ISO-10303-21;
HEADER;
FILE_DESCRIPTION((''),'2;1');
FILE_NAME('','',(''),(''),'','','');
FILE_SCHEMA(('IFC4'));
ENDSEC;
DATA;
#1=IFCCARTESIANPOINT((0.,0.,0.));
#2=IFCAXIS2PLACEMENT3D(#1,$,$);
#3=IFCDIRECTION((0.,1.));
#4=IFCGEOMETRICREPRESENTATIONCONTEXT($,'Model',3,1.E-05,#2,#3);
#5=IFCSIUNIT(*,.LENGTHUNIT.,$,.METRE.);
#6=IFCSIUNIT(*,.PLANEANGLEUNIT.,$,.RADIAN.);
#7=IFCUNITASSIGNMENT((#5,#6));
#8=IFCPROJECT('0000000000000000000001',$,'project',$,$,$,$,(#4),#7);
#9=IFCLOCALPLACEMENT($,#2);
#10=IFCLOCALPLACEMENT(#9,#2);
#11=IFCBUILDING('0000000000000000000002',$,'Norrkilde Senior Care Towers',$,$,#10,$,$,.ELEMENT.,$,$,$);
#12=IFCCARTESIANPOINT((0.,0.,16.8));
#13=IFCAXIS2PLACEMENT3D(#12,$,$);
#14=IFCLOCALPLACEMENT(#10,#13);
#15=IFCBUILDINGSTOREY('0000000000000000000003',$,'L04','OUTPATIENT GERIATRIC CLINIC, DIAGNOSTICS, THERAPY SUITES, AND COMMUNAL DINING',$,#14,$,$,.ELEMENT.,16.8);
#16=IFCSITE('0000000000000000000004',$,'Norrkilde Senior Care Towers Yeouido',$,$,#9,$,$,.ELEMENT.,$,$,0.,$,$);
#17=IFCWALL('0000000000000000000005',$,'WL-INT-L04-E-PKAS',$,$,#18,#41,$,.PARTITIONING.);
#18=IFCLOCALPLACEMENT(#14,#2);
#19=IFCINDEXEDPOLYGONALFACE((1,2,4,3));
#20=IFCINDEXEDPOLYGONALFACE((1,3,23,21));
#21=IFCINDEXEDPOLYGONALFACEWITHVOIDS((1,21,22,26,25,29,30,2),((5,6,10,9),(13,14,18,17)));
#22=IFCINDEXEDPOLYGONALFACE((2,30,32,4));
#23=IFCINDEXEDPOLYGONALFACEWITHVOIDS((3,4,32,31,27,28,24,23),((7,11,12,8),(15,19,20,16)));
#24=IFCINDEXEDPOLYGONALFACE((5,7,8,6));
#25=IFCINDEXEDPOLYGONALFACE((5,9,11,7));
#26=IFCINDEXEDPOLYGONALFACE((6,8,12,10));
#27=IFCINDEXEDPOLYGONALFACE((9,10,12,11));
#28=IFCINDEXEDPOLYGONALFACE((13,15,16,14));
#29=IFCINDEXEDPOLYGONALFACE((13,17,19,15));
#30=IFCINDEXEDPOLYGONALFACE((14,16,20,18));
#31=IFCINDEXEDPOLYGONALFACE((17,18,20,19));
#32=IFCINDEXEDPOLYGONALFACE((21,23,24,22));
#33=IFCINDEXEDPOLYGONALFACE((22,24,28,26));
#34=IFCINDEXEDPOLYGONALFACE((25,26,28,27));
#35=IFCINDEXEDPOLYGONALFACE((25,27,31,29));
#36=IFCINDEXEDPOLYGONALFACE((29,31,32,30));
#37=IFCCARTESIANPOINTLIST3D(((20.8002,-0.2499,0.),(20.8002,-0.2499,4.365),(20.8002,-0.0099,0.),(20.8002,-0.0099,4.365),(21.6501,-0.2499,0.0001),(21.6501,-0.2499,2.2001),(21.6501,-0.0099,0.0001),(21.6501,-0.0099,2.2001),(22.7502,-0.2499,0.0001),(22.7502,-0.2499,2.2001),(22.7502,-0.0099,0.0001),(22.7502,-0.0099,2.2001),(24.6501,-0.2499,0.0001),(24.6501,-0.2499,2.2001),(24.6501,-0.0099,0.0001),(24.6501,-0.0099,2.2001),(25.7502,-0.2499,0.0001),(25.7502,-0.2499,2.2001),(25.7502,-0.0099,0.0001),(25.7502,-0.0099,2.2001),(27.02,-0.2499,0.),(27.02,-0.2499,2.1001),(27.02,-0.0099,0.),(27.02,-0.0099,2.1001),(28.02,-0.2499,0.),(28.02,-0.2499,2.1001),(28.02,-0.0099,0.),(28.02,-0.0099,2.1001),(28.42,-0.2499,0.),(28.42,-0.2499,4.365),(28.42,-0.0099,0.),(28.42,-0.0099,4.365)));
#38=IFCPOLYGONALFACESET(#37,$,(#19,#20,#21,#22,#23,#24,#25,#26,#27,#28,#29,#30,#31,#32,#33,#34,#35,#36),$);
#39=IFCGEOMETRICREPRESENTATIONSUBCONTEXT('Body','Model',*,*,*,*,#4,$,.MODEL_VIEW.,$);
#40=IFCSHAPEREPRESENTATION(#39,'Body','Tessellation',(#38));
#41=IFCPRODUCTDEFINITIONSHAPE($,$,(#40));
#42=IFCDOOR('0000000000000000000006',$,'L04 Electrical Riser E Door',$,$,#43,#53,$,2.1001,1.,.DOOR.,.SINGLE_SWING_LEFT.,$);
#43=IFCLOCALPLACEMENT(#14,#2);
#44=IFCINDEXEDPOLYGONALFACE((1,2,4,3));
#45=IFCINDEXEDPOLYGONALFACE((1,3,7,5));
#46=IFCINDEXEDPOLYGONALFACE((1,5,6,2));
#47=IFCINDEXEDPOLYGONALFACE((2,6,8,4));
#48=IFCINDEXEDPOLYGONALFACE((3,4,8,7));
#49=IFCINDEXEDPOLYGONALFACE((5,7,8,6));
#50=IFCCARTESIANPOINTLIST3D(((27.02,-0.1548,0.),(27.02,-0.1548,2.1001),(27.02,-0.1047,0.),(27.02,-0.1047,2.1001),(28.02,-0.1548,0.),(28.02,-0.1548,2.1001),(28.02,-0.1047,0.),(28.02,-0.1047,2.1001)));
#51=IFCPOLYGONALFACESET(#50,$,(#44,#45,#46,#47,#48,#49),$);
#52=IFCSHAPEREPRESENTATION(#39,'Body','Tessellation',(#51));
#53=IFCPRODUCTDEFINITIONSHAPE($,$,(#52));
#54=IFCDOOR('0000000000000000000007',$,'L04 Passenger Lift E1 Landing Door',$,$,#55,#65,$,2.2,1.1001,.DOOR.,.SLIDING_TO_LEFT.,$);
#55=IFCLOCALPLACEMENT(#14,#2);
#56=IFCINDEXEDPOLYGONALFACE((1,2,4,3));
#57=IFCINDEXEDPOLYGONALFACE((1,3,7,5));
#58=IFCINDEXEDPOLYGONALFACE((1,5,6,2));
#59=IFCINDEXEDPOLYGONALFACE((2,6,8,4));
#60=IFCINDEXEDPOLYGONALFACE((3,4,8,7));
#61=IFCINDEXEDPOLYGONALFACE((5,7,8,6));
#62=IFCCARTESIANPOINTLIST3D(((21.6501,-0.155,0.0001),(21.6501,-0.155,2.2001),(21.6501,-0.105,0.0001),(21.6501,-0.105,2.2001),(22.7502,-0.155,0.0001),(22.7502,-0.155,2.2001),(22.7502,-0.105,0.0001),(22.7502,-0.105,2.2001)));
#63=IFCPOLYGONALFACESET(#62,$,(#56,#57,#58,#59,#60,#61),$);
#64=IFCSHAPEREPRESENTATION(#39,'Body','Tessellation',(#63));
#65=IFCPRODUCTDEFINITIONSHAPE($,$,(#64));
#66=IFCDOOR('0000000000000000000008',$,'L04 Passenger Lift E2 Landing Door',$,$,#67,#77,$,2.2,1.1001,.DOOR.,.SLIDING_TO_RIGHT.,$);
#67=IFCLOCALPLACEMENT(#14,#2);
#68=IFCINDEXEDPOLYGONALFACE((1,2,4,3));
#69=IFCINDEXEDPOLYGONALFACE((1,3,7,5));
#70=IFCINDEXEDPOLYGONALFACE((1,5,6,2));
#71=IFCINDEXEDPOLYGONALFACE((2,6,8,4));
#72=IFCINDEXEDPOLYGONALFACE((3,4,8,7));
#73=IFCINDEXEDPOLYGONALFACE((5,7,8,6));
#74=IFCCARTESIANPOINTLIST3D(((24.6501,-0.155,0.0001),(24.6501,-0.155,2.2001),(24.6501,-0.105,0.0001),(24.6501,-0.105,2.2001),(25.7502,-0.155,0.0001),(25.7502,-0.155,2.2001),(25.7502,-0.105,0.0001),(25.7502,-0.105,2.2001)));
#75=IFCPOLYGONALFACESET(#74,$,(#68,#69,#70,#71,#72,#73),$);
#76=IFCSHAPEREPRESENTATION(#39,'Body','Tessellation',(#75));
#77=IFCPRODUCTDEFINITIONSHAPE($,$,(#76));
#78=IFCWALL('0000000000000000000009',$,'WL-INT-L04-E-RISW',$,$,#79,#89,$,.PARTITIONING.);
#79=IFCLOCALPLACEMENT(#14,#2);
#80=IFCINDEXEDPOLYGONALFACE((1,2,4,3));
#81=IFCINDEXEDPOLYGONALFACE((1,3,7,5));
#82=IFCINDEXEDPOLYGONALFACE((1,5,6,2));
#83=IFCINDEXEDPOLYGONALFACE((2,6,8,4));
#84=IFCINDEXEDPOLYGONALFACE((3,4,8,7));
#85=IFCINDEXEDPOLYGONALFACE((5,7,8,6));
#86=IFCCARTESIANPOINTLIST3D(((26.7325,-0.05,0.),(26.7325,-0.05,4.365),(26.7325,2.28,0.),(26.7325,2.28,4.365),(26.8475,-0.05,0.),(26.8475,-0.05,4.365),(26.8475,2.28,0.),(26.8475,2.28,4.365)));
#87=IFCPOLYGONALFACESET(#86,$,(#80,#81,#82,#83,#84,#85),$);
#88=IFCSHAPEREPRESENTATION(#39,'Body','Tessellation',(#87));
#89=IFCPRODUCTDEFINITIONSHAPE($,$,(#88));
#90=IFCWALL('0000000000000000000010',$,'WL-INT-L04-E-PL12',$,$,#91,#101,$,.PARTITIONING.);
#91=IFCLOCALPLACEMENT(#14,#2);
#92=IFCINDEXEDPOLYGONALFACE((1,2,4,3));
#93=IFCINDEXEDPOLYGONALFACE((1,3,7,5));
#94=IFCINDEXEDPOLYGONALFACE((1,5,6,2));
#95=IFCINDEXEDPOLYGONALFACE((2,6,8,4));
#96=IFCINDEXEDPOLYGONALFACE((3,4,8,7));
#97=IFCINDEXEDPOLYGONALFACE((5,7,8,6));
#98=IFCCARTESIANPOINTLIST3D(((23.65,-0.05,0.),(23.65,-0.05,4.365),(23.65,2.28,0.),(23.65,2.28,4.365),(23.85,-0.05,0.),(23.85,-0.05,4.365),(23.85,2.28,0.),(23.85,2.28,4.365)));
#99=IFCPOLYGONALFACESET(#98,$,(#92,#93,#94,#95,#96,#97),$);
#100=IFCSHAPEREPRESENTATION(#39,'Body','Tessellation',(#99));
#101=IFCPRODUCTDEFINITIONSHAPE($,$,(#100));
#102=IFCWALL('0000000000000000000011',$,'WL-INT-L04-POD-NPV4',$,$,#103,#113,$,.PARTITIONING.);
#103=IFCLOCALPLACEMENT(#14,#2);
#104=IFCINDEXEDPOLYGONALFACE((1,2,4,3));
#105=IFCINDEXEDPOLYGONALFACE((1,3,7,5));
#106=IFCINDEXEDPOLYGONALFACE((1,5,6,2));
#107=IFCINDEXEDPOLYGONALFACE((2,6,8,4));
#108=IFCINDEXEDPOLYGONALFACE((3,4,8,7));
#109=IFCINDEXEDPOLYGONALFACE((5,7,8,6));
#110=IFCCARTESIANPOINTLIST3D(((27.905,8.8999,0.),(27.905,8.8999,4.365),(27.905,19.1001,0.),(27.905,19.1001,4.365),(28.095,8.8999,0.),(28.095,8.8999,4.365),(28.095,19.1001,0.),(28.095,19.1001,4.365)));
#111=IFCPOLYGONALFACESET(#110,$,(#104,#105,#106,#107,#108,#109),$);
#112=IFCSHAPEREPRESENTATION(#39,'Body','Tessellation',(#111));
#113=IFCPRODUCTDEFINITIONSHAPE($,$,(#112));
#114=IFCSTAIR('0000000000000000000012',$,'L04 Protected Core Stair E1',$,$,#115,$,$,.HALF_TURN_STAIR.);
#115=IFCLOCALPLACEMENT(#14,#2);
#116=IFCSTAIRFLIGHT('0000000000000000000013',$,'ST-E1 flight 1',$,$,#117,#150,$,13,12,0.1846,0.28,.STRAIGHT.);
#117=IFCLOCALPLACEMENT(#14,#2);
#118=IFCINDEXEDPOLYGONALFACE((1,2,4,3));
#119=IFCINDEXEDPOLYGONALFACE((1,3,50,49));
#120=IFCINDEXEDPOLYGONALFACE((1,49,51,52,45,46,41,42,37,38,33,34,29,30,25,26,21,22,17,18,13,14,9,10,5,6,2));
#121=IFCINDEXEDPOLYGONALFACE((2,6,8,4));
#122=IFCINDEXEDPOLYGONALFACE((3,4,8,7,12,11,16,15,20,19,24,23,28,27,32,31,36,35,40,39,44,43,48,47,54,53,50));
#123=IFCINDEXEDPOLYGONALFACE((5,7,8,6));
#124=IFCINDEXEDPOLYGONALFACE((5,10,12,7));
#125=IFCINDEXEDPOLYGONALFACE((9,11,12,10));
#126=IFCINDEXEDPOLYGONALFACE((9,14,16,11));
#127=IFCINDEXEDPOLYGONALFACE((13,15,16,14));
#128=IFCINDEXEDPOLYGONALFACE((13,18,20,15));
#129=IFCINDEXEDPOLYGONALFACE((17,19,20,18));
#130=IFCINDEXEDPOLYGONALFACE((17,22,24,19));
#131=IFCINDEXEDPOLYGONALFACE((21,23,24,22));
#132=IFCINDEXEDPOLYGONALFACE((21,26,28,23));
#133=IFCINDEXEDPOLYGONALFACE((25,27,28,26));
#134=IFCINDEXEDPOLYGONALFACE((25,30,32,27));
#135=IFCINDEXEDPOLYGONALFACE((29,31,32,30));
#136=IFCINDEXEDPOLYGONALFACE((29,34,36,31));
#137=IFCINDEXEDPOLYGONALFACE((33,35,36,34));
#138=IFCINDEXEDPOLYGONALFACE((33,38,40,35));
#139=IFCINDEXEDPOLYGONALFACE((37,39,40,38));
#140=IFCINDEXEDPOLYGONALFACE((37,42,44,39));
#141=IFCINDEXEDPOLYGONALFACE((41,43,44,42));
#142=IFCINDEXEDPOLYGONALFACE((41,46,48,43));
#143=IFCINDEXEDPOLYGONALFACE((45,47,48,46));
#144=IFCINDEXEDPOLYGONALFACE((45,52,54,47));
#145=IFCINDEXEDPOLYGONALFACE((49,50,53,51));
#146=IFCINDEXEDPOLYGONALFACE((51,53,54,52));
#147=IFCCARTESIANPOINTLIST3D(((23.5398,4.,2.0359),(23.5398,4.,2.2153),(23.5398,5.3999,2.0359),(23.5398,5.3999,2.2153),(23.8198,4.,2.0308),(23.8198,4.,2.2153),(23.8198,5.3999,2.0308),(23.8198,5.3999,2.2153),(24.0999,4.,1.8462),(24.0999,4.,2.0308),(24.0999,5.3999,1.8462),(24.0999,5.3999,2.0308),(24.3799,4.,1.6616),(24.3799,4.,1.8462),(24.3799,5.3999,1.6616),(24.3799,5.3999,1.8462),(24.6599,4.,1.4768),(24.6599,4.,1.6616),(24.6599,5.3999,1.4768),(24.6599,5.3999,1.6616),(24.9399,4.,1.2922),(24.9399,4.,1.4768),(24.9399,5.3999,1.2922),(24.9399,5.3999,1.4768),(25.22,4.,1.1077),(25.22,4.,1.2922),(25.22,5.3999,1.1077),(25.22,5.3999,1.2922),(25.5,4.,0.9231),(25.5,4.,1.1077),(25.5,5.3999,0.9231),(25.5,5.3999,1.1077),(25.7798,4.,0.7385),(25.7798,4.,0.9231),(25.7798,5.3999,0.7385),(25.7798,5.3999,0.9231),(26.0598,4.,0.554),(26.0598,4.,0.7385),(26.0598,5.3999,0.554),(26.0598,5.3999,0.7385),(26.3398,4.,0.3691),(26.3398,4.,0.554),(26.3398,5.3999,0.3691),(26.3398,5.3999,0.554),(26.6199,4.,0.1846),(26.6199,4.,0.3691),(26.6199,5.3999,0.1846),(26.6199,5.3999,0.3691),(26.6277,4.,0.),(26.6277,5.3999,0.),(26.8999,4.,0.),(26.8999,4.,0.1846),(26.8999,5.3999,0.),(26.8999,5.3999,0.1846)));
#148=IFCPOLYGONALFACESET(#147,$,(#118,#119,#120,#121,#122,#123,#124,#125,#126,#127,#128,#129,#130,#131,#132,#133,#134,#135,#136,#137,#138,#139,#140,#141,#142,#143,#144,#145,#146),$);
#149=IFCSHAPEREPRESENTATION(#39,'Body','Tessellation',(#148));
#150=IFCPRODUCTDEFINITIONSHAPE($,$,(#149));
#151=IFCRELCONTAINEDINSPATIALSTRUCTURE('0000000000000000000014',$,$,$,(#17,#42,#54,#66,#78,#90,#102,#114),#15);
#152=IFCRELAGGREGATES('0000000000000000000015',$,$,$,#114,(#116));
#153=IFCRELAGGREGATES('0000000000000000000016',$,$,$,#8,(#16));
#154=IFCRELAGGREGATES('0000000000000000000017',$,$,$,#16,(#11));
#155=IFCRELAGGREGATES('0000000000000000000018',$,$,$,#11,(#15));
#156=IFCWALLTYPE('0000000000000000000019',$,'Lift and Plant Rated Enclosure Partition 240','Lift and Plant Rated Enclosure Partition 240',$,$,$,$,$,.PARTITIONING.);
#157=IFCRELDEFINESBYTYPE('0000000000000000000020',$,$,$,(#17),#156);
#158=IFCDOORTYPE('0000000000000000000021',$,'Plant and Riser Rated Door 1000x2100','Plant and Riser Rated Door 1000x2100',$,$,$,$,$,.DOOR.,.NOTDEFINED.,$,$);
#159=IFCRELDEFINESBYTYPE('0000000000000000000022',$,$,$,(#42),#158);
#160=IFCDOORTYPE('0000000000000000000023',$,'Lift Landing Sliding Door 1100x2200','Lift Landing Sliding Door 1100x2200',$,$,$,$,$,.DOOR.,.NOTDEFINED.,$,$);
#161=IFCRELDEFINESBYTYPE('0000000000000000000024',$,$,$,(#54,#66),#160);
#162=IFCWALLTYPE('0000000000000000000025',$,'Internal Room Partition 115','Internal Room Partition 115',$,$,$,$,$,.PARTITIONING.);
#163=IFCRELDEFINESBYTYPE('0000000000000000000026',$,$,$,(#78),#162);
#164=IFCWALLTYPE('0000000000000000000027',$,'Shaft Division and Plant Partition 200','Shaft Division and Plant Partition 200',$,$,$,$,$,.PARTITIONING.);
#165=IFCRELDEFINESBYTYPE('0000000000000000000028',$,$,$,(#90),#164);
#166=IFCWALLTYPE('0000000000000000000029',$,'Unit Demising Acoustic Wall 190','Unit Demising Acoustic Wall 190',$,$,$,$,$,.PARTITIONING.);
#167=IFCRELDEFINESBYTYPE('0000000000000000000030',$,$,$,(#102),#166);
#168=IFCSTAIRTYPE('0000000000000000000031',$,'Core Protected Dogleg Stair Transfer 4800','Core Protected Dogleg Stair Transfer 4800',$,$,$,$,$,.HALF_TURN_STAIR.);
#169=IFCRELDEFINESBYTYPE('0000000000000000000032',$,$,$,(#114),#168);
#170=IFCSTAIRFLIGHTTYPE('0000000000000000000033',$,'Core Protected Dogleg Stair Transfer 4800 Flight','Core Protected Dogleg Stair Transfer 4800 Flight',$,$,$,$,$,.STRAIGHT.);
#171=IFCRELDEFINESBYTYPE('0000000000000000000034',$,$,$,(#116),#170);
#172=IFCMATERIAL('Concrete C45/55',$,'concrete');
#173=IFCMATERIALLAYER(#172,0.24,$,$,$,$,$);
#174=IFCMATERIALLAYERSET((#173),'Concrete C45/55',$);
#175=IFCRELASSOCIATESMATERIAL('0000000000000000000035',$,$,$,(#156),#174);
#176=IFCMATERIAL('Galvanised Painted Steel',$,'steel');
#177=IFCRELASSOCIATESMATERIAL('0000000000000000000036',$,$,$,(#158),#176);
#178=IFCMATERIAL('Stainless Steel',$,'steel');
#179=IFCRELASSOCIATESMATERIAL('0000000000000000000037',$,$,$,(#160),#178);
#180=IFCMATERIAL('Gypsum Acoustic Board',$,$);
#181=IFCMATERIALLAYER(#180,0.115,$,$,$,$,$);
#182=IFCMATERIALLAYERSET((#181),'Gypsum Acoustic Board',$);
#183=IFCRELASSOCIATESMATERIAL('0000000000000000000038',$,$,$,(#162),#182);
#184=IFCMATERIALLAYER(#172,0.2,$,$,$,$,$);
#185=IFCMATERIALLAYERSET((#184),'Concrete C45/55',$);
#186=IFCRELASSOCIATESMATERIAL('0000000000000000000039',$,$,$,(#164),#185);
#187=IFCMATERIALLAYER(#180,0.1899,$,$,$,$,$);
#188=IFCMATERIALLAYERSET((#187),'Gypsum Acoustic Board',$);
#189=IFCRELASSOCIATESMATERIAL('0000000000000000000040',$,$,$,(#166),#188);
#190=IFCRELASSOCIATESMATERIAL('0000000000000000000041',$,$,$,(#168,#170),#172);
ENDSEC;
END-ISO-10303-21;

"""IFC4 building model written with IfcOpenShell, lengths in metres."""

from ifc_helpers import new_model, si_unit, direction, frame, frame_2d, origin, place, context, subcontext, project, spatial, polyline, rectangle, outline, extrude, source, transform, mapped, material, layer, layer_set, type_object, type_shapes, element, fill, aggregate, save


model = new_model("IFC4")

# Units and contexts
model_context = context("Model", 3, precision=1e-05, world=origin(), true_north=direction((0.0, 1.0)))
body_context = subcontext(model_context, "Body", "Model", "MODEL_VIEW")
ifc_project = project(units=[si_unit("LENGTHUNIT", "METRE"), si_unit("PLANEANGLEUNIT", "RADIAN")], contexts=[model_context])

# Site, building, storey
site_placement = place(None, origin())
site = spatial("IfcSite", under=ifc_project, at=site_placement, Name="Norrkilde Senior Care Towers Yeouido", CompositionType="ELEMENT", RefElevation=0.0)
building_placement = place(site_placement, origin())
building = spatial("IfcBuilding", under=site, at=building_placement, Name="Norrkilde Senior Care Towers", CompositionType="ELEMENT")
storey_placement = place(building_placement, frame((0.0, 0.0, 16.8)))
storey = spatial("IfcBuildingStorey", under=building, at=storey_placement, Name="L04", Description="OUTPATIENT GERIATRIC CLINIC, DIAGNOSTICS, THERAPY SUITES, AND COMMUNAL DINING", CompositionType="ELEMENT", Elevation=16.8)

# Shared definitions
ifc_material_1 = material(Name="Concrete C45/55", Category="concrete")

# Shared definitions
ifc_material_2 = material(Name="Galvanised Painted Steel", Category="steel")

# Wall, openings, doors
ifc_layer_1 = layer(ifc_material_1, 0.24)
ifc_layer_set_1 = layer_set([ifc_layer_1], Name="Concrete C45/55")
wall_type_1 = type_object("IfcWallType", Name="Lift and Plant Rated Enclosure Partition 240", Description="Lift and Plant Rated Enclosure Partition 240", PredefinedType="PARTITIONING", material=ifc_layer_set_1)
shared_shape_1 = source(origin(), body_context, "Body", "SweptSolid", [
    extrude(rectangle(XDim=7.6199, YDim=0.24, at=frame_2d((3.8101, 0.0))), origin(), (0.0, 0.0, 1.0), 4.365),
])
type_shapes(wall_type_1, [shared_shape_1])
wall_1_placement = place(storey_placement, frame((20.8, -0.1299, 0.0), z_axis=(0.0, 0.0, 1.0), x_axis=(1.0, 0.0, 0.0)))
wall_1 = element("IfcWall", 1, at=wall_1_placement, inside=storey, type_object=wall_type_1, Name="WL-INT-L04-E-PKAS", PredefinedType="PARTITIONING", context=body_context, shape_type="MappedRepresentation", body=[
    mapped(shared_shape_1, transform((0.0, 0.0, 0.0), x_axis=(1.0, 0.0, 0.0), y_axis=(0.0, 1.0, 0.0), z_axis=(0.0, 0.0, 1.0), scale=1.0)),
])
opening_1_placement = place(wall_1_placement, frame((6.22, 0.0, 0.0)))
opening_1 = element("IfcOpeningElement", 2, at=opening_1_placement, cuts=wall_1, PredefinedType="OPENING", context=body_context, shape_type="SweptSolid", body=[
    extrude(rectangle(XDim=1.0, YDim=2.1001, at=frame_2d((0.5, 1.05))), frame((0.0, 0.1299, 0.0), z_axis=(0.0, -1.0, 0.0), x_axis=(1.0, 0.0, 0.0)), (0.0, 0.0, 1.0), 0.26),
])
opening_2_placement = place(wall_1_placement, frame((0.8501, 0.0, 0.0)))
opening_2 = element("IfcOpeningElement", 3, at=opening_2_placement, cuts=wall_1, PredefinedType="OPENING", context=body_context, shape_type="SweptSolid", body=[
    extrude(rectangle(XDim=1.1001, YDim=2.2, at=frame_2d((0.55, 1.1001))), frame((0.0, 0.1299, 0.0), z_axis=(0.0, -1.0, 0.0), x_axis=(1.0, 0.0, 0.0)), (0.0, 0.0, 1.0), 0.26),
])
opening_3_placement = place(wall_1_placement, frame((3.8501, 0.0, 0.0)))
opening_3 = element("IfcOpeningElement", 4, at=opening_3_placement, cuts=wall_1, PredefinedType="OPENING", context=body_context, shape_type="SweptSolid", body=[
    extrude(rectangle(XDim=1.1001, YDim=2.2, at=frame_2d((0.55, 1.1001))), frame((0.0, 0.1299, 0.0), z_axis=(0.0, -1.0, 0.0), x_axis=(1.0, 0.0, 0.0)), (0.0, 0.0, 1.0), 0.26),
])
door_type_1 = type_object("IfcDoorType", Name="Plant and Riser Rated Door 1000x2100", Description="Plant and Riser Rated Door 1000x2100", OperationType="NOTDEFINED", PredefinedType="DOOR", material=ifc_material_2)
shared_shape_2 = source(origin(), body_context, "Body", "SweptSolid", [
    extrude(rectangle(XDim=1.0, YDim=2.1001, at=frame_2d((0.5, 1.05))), frame((0.0, 0.0249, 0.0), z_axis=(0.0, -1.0, 0.0), x_axis=(1.0, 0.0, 0.0)), (0.0, 0.0, 1.0), 0.05),
])
type_shapes(door_type_1, [shared_shape_2])
door_1_placement = place(opening_1_placement, frame((1.0, 0.0, 0.0), z_axis=(0.0, 0.0, 1.0), x_axis=(-1.0, 0.0, 0.0)))
door_1 = element("IfcDoor", 5, at=door_1_placement, inside=storey, type_object=door_type_1, Name="L04 Electrical Riser E Door", OperationType="SINGLE_SWING_LEFT", OverallHeight=2.1001, OverallWidth=1.0, PredefinedType="DOOR", context=body_context, shape_type="MappedRepresentation", body=[
    mapped(shared_shape_2, transform((0.0, 0.0, 0.0), x_axis=(1.0, 0.0, 0.0), y_axis=(0.0, 1.0, 0.0), z_axis=(0.0, 0.0, 1.0), scale=1.0)),
])
fill(opening_1, door_1)
ifc_material_3 = material(Name="Stainless Steel", Category="steel")
door_type_2 = type_object("IfcDoorType", Name="Lift Landing Sliding Door 1100x2200", Description="Lift Landing Sliding Door 1100x2200", OperationType="NOTDEFINED", PredefinedType="DOOR", material=ifc_material_3)
shared_shape_3 = source(origin(), body_context, "Body", "SweptSolid", [
    extrude(rectangle(XDim=1.1001, YDim=2.2, at=frame_2d((0.55, 1.1001))), frame((0.0, 0.0249, 0.0), z_axis=(0.0, -1.0, 0.0), x_axis=(1.0, 0.0, 0.0)), (0.0, 0.0, 1.0), 0.05),
])
type_shapes(door_type_2, [shared_shape_3])
door_2_placement = place(opening_2_placement, origin())
door_2 = element("IfcDoor", 6, at=door_2_placement, inside=storey, type_object=door_type_2, Name="L04 Passenger Lift E1 Landing Door", OperationType="SLIDING_TO_LEFT", OverallHeight=2.2, OverallWidth=1.1001, PredefinedType="DOOR", context=body_context, shape_type="MappedRepresentation", body=[
    mapped(shared_shape_3, transform((0.0, 0.0, 0.0), x_axis=(1.0, 0.0, 0.0), y_axis=(0.0, 1.0, 0.0), z_axis=(0.0, 0.0, 1.0), scale=1.0)),
])
fill(opening_2, door_2)
door_3_placement = place(opening_3_placement, origin())
door_3 = element("IfcDoor", 7, at=door_3_placement, inside=storey, type_object=door_type_2, Name="L04 Passenger Lift E2 Landing Door", OperationType="SLIDING_TO_RIGHT", OverallHeight=2.2, OverallWidth=1.1001, PredefinedType="DOOR", context=body_context, shape_type="MappedRepresentation", body=[
    mapped(shared_shape_3, transform((0.0, 0.0, 0.0), x_axis=(1.0, 0.0, 0.0), y_axis=(0.0, 1.0, 0.0), z_axis=(0.0, 0.0, 1.0), scale=1.0)),
])
fill(opening_3, door_3)

# Walls
ifc_material_4 = material(Name="Gypsum Acoustic Board")
ifc_layer_2 = layer(ifc_material_4, 0.115)
ifc_layer_set_2 = layer_set([ifc_layer_2], Name="Gypsum Acoustic Board")
wall_type_2 = type_object("IfcWallType", Name="Internal Room Partition 115", Description="Internal Room Partition 115", PredefinedType="PARTITIONING", material=ifc_layer_set_2)
shared_shape_4 = source(origin(), body_context, "Body", "SweptSolid", [
    extrude(rectangle(XDim=2.3301, YDim=0.115, at=frame_2d((1.165, 0.0))), origin(), (0.0, 0.0, 1.0), 4.365),
])
type_shapes(wall_type_2, [shared_shape_4])
wall_2_placement = place(storey_placement, frame((26.79, -0.05, 0.0), z_axis=(0.0, 0.0, 1.0), x_axis=(0.0, 1.0, 0.0)))
element("IfcWall", 8, at=wall_2_placement, inside=storey, type_object=wall_type_2, Name="WL-INT-L04-E-RISW", PredefinedType="PARTITIONING", context=body_context, shape_type="MappedRepresentation", body=[
    mapped(shared_shape_4, transform((0.0, 0.0, 0.0), x_axis=(1.0, 0.0, 0.0), y_axis=(0.0, 1.0, 0.0), z_axis=(0.0, 0.0, 1.0), scale=1.0)),
])
ifc_layer_3 = layer(ifc_material_1, 0.2)
ifc_layer_set_3 = layer_set([ifc_layer_3], Name="Concrete C45/55")
wall_type_3 = type_object("IfcWallType", Name="Shaft Division and Plant Partition 200", Description="Shaft Division and Plant Partition 200", PredefinedType="PARTITIONING", material=ifc_layer_set_3)
shared_shape_5 = source(origin(), body_context, "Body", "SweptSolid", [
    extrude(rectangle(XDim=2.3301, YDim=0.2, at=frame_2d((1.165, 0.0))), origin(), (0.0, 0.0, 1.0), 4.365),
])
type_shapes(wall_type_3, [shared_shape_5])
wall_3_placement = place(storey_placement, frame((23.75, -0.05, 0.0), z_axis=(0.0, 0.0, 1.0), x_axis=(0.0, 1.0, 0.0)))
element("IfcWall", 9, at=wall_3_placement, inside=storey, type_object=wall_type_3, Name="WL-INT-L04-E-PL12", PredefinedType="PARTITIONING", context=body_context, shape_type="MappedRepresentation", body=[
    mapped(shared_shape_5, transform((0.0, 0.0, 0.0), x_axis=(1.0, 0.0, 0.0), y_axis=(0.0, 1.0, 0.0), z_axis=(0.0, 0.0, 1.0), scale=1.0)),
])
ifc_layer_4 = layer(ifc_material_4, 0.1899)
ifc_layer_set_4 = layer_set([ifc_layer_4], Name="Gypsum Acoustic Board")
wall_type_4 = type_object("IfcWallType", Name="Unit Demising Acoustic Wall 190", Description="Unit Demising Acoustic Wall 190", PredefinedType="PARTITIONING", material=ifc_layer_set_4)
shared_shape_6 = source(origin(), body_context, "Body", "SweptSolid", [
    extrude(rectangle(XDim=10.2002, YDim=0.1899, at=frame_2d((5.1001, 0.0))), origin(), (0.0, 0.0, 1.0), 4.365),
])
type_shapes(wall_type_4, [shared_shape_6])
wall_4_placement = place(storey_placement, frame((28.0, 8.8999, 0.0), z_axis=(0.0, 0.0, 1.0), x_axis=(0.0, 1.0, 0.0)))
element("IfcWall", 10, at=wall_4_placement, inside=storey, type_object=wall_type_4, Name="WL-INT-L04-POD-NPV4", PredefinedType="PARTITIONING", context=body_context, shape_type="MappedRepresentation", body=[
    mapped(shared_shape_6, transform((0.0, 0.0, 0.0), x_axis=(1.0, 0.0, 0.0), y_axis=(0.0, 1.0, 0.0), z_axis=(0.0, 0.0, 1.0), scale=1.0)),
])

# Stair, stair flight
stair_type = type_object("IfcStairType", Name="Core Protected Dogleg Stair Transfer 4800", Description="Core Protected Dogleg Stair Transfer 4800", PredefinedType="HALF_TURN_STAIR", material=ifc_material_1)
stair_placement = place(storey_placement, origin())
stair = element("IfcStair", 11, at=stair_placement, inside=storey, type_object=stair_type, Name="L04 Protected Core Stair E1", PredefinedType="HALF_TURN_STAIR")
stair_flight_type = type_object("IfcStairFlightType", Name="Core Protected Dogleg Stair Transfer 4800 Flight", Description="Core Protected Dogleg Stair Transfer 4800 Flight", PredefinedType="STRAIGHT", material=ifc_material_1)
stair_flight_1_placement = place(storey_placement, frame((26.8999, 4.7, 0.0), z_axis=(0.0, 0.0, 1.0), x_axis=(-1.0, 0.0, 0.0)))
stair_flight_1 = element("IfcStairFlight", 12, at=stair_flight_1_placement, type_object=stair_flight_type, Name="ST-E1 flight 1", NumberOfRisers=13, NumberOfTreads=12, PredefinedType="STRAIGHT", RiserHeight=0.1846, TreadLength=0.28, context=body_context, shape_type="SweptSolid", body=[
    extrude(outline(polyline([(0.0, 0.0), (0.0, 0.1846), (0.28, 0.1846), (0.28, 0.3691), (0.5601, 0.3691), (0.5601, 0.554), (0.8401, 0.554), (0.8401, 0.7385), (1.1201, 0.7385), (1.1201, 0.9231), (1.3999, 0.9231), (1.3999, 1.1077), (1.6799, 1.1077), (1.6799, 1.2922), (1.96, 1.2922), (1.96, 1.4768), (2.24, 1.4768), (2.24, 1.6616), (2.52, 1.6616), (2.52, 1.8462), (2.8, 1.8462), (2.8, 2.0308), (3.0801, 2.0308), (3.0801, 2.2153), (3.3601, 2.2153), (3.3601, 2.3999), (3.3601, 2.0359), (0.2722, 0.0), (0.0, 0.0)])), frame((0.0, 0.7, 0.0), z_axis=(0.0, -1.0, 0.0), x_axis=(1.0, 0.0, 0.0)), (0.0, 0.0, 1.0), 1.3999),
])
aggregate(stair, [stair_flight_1])

save(model, "model.ifc")
